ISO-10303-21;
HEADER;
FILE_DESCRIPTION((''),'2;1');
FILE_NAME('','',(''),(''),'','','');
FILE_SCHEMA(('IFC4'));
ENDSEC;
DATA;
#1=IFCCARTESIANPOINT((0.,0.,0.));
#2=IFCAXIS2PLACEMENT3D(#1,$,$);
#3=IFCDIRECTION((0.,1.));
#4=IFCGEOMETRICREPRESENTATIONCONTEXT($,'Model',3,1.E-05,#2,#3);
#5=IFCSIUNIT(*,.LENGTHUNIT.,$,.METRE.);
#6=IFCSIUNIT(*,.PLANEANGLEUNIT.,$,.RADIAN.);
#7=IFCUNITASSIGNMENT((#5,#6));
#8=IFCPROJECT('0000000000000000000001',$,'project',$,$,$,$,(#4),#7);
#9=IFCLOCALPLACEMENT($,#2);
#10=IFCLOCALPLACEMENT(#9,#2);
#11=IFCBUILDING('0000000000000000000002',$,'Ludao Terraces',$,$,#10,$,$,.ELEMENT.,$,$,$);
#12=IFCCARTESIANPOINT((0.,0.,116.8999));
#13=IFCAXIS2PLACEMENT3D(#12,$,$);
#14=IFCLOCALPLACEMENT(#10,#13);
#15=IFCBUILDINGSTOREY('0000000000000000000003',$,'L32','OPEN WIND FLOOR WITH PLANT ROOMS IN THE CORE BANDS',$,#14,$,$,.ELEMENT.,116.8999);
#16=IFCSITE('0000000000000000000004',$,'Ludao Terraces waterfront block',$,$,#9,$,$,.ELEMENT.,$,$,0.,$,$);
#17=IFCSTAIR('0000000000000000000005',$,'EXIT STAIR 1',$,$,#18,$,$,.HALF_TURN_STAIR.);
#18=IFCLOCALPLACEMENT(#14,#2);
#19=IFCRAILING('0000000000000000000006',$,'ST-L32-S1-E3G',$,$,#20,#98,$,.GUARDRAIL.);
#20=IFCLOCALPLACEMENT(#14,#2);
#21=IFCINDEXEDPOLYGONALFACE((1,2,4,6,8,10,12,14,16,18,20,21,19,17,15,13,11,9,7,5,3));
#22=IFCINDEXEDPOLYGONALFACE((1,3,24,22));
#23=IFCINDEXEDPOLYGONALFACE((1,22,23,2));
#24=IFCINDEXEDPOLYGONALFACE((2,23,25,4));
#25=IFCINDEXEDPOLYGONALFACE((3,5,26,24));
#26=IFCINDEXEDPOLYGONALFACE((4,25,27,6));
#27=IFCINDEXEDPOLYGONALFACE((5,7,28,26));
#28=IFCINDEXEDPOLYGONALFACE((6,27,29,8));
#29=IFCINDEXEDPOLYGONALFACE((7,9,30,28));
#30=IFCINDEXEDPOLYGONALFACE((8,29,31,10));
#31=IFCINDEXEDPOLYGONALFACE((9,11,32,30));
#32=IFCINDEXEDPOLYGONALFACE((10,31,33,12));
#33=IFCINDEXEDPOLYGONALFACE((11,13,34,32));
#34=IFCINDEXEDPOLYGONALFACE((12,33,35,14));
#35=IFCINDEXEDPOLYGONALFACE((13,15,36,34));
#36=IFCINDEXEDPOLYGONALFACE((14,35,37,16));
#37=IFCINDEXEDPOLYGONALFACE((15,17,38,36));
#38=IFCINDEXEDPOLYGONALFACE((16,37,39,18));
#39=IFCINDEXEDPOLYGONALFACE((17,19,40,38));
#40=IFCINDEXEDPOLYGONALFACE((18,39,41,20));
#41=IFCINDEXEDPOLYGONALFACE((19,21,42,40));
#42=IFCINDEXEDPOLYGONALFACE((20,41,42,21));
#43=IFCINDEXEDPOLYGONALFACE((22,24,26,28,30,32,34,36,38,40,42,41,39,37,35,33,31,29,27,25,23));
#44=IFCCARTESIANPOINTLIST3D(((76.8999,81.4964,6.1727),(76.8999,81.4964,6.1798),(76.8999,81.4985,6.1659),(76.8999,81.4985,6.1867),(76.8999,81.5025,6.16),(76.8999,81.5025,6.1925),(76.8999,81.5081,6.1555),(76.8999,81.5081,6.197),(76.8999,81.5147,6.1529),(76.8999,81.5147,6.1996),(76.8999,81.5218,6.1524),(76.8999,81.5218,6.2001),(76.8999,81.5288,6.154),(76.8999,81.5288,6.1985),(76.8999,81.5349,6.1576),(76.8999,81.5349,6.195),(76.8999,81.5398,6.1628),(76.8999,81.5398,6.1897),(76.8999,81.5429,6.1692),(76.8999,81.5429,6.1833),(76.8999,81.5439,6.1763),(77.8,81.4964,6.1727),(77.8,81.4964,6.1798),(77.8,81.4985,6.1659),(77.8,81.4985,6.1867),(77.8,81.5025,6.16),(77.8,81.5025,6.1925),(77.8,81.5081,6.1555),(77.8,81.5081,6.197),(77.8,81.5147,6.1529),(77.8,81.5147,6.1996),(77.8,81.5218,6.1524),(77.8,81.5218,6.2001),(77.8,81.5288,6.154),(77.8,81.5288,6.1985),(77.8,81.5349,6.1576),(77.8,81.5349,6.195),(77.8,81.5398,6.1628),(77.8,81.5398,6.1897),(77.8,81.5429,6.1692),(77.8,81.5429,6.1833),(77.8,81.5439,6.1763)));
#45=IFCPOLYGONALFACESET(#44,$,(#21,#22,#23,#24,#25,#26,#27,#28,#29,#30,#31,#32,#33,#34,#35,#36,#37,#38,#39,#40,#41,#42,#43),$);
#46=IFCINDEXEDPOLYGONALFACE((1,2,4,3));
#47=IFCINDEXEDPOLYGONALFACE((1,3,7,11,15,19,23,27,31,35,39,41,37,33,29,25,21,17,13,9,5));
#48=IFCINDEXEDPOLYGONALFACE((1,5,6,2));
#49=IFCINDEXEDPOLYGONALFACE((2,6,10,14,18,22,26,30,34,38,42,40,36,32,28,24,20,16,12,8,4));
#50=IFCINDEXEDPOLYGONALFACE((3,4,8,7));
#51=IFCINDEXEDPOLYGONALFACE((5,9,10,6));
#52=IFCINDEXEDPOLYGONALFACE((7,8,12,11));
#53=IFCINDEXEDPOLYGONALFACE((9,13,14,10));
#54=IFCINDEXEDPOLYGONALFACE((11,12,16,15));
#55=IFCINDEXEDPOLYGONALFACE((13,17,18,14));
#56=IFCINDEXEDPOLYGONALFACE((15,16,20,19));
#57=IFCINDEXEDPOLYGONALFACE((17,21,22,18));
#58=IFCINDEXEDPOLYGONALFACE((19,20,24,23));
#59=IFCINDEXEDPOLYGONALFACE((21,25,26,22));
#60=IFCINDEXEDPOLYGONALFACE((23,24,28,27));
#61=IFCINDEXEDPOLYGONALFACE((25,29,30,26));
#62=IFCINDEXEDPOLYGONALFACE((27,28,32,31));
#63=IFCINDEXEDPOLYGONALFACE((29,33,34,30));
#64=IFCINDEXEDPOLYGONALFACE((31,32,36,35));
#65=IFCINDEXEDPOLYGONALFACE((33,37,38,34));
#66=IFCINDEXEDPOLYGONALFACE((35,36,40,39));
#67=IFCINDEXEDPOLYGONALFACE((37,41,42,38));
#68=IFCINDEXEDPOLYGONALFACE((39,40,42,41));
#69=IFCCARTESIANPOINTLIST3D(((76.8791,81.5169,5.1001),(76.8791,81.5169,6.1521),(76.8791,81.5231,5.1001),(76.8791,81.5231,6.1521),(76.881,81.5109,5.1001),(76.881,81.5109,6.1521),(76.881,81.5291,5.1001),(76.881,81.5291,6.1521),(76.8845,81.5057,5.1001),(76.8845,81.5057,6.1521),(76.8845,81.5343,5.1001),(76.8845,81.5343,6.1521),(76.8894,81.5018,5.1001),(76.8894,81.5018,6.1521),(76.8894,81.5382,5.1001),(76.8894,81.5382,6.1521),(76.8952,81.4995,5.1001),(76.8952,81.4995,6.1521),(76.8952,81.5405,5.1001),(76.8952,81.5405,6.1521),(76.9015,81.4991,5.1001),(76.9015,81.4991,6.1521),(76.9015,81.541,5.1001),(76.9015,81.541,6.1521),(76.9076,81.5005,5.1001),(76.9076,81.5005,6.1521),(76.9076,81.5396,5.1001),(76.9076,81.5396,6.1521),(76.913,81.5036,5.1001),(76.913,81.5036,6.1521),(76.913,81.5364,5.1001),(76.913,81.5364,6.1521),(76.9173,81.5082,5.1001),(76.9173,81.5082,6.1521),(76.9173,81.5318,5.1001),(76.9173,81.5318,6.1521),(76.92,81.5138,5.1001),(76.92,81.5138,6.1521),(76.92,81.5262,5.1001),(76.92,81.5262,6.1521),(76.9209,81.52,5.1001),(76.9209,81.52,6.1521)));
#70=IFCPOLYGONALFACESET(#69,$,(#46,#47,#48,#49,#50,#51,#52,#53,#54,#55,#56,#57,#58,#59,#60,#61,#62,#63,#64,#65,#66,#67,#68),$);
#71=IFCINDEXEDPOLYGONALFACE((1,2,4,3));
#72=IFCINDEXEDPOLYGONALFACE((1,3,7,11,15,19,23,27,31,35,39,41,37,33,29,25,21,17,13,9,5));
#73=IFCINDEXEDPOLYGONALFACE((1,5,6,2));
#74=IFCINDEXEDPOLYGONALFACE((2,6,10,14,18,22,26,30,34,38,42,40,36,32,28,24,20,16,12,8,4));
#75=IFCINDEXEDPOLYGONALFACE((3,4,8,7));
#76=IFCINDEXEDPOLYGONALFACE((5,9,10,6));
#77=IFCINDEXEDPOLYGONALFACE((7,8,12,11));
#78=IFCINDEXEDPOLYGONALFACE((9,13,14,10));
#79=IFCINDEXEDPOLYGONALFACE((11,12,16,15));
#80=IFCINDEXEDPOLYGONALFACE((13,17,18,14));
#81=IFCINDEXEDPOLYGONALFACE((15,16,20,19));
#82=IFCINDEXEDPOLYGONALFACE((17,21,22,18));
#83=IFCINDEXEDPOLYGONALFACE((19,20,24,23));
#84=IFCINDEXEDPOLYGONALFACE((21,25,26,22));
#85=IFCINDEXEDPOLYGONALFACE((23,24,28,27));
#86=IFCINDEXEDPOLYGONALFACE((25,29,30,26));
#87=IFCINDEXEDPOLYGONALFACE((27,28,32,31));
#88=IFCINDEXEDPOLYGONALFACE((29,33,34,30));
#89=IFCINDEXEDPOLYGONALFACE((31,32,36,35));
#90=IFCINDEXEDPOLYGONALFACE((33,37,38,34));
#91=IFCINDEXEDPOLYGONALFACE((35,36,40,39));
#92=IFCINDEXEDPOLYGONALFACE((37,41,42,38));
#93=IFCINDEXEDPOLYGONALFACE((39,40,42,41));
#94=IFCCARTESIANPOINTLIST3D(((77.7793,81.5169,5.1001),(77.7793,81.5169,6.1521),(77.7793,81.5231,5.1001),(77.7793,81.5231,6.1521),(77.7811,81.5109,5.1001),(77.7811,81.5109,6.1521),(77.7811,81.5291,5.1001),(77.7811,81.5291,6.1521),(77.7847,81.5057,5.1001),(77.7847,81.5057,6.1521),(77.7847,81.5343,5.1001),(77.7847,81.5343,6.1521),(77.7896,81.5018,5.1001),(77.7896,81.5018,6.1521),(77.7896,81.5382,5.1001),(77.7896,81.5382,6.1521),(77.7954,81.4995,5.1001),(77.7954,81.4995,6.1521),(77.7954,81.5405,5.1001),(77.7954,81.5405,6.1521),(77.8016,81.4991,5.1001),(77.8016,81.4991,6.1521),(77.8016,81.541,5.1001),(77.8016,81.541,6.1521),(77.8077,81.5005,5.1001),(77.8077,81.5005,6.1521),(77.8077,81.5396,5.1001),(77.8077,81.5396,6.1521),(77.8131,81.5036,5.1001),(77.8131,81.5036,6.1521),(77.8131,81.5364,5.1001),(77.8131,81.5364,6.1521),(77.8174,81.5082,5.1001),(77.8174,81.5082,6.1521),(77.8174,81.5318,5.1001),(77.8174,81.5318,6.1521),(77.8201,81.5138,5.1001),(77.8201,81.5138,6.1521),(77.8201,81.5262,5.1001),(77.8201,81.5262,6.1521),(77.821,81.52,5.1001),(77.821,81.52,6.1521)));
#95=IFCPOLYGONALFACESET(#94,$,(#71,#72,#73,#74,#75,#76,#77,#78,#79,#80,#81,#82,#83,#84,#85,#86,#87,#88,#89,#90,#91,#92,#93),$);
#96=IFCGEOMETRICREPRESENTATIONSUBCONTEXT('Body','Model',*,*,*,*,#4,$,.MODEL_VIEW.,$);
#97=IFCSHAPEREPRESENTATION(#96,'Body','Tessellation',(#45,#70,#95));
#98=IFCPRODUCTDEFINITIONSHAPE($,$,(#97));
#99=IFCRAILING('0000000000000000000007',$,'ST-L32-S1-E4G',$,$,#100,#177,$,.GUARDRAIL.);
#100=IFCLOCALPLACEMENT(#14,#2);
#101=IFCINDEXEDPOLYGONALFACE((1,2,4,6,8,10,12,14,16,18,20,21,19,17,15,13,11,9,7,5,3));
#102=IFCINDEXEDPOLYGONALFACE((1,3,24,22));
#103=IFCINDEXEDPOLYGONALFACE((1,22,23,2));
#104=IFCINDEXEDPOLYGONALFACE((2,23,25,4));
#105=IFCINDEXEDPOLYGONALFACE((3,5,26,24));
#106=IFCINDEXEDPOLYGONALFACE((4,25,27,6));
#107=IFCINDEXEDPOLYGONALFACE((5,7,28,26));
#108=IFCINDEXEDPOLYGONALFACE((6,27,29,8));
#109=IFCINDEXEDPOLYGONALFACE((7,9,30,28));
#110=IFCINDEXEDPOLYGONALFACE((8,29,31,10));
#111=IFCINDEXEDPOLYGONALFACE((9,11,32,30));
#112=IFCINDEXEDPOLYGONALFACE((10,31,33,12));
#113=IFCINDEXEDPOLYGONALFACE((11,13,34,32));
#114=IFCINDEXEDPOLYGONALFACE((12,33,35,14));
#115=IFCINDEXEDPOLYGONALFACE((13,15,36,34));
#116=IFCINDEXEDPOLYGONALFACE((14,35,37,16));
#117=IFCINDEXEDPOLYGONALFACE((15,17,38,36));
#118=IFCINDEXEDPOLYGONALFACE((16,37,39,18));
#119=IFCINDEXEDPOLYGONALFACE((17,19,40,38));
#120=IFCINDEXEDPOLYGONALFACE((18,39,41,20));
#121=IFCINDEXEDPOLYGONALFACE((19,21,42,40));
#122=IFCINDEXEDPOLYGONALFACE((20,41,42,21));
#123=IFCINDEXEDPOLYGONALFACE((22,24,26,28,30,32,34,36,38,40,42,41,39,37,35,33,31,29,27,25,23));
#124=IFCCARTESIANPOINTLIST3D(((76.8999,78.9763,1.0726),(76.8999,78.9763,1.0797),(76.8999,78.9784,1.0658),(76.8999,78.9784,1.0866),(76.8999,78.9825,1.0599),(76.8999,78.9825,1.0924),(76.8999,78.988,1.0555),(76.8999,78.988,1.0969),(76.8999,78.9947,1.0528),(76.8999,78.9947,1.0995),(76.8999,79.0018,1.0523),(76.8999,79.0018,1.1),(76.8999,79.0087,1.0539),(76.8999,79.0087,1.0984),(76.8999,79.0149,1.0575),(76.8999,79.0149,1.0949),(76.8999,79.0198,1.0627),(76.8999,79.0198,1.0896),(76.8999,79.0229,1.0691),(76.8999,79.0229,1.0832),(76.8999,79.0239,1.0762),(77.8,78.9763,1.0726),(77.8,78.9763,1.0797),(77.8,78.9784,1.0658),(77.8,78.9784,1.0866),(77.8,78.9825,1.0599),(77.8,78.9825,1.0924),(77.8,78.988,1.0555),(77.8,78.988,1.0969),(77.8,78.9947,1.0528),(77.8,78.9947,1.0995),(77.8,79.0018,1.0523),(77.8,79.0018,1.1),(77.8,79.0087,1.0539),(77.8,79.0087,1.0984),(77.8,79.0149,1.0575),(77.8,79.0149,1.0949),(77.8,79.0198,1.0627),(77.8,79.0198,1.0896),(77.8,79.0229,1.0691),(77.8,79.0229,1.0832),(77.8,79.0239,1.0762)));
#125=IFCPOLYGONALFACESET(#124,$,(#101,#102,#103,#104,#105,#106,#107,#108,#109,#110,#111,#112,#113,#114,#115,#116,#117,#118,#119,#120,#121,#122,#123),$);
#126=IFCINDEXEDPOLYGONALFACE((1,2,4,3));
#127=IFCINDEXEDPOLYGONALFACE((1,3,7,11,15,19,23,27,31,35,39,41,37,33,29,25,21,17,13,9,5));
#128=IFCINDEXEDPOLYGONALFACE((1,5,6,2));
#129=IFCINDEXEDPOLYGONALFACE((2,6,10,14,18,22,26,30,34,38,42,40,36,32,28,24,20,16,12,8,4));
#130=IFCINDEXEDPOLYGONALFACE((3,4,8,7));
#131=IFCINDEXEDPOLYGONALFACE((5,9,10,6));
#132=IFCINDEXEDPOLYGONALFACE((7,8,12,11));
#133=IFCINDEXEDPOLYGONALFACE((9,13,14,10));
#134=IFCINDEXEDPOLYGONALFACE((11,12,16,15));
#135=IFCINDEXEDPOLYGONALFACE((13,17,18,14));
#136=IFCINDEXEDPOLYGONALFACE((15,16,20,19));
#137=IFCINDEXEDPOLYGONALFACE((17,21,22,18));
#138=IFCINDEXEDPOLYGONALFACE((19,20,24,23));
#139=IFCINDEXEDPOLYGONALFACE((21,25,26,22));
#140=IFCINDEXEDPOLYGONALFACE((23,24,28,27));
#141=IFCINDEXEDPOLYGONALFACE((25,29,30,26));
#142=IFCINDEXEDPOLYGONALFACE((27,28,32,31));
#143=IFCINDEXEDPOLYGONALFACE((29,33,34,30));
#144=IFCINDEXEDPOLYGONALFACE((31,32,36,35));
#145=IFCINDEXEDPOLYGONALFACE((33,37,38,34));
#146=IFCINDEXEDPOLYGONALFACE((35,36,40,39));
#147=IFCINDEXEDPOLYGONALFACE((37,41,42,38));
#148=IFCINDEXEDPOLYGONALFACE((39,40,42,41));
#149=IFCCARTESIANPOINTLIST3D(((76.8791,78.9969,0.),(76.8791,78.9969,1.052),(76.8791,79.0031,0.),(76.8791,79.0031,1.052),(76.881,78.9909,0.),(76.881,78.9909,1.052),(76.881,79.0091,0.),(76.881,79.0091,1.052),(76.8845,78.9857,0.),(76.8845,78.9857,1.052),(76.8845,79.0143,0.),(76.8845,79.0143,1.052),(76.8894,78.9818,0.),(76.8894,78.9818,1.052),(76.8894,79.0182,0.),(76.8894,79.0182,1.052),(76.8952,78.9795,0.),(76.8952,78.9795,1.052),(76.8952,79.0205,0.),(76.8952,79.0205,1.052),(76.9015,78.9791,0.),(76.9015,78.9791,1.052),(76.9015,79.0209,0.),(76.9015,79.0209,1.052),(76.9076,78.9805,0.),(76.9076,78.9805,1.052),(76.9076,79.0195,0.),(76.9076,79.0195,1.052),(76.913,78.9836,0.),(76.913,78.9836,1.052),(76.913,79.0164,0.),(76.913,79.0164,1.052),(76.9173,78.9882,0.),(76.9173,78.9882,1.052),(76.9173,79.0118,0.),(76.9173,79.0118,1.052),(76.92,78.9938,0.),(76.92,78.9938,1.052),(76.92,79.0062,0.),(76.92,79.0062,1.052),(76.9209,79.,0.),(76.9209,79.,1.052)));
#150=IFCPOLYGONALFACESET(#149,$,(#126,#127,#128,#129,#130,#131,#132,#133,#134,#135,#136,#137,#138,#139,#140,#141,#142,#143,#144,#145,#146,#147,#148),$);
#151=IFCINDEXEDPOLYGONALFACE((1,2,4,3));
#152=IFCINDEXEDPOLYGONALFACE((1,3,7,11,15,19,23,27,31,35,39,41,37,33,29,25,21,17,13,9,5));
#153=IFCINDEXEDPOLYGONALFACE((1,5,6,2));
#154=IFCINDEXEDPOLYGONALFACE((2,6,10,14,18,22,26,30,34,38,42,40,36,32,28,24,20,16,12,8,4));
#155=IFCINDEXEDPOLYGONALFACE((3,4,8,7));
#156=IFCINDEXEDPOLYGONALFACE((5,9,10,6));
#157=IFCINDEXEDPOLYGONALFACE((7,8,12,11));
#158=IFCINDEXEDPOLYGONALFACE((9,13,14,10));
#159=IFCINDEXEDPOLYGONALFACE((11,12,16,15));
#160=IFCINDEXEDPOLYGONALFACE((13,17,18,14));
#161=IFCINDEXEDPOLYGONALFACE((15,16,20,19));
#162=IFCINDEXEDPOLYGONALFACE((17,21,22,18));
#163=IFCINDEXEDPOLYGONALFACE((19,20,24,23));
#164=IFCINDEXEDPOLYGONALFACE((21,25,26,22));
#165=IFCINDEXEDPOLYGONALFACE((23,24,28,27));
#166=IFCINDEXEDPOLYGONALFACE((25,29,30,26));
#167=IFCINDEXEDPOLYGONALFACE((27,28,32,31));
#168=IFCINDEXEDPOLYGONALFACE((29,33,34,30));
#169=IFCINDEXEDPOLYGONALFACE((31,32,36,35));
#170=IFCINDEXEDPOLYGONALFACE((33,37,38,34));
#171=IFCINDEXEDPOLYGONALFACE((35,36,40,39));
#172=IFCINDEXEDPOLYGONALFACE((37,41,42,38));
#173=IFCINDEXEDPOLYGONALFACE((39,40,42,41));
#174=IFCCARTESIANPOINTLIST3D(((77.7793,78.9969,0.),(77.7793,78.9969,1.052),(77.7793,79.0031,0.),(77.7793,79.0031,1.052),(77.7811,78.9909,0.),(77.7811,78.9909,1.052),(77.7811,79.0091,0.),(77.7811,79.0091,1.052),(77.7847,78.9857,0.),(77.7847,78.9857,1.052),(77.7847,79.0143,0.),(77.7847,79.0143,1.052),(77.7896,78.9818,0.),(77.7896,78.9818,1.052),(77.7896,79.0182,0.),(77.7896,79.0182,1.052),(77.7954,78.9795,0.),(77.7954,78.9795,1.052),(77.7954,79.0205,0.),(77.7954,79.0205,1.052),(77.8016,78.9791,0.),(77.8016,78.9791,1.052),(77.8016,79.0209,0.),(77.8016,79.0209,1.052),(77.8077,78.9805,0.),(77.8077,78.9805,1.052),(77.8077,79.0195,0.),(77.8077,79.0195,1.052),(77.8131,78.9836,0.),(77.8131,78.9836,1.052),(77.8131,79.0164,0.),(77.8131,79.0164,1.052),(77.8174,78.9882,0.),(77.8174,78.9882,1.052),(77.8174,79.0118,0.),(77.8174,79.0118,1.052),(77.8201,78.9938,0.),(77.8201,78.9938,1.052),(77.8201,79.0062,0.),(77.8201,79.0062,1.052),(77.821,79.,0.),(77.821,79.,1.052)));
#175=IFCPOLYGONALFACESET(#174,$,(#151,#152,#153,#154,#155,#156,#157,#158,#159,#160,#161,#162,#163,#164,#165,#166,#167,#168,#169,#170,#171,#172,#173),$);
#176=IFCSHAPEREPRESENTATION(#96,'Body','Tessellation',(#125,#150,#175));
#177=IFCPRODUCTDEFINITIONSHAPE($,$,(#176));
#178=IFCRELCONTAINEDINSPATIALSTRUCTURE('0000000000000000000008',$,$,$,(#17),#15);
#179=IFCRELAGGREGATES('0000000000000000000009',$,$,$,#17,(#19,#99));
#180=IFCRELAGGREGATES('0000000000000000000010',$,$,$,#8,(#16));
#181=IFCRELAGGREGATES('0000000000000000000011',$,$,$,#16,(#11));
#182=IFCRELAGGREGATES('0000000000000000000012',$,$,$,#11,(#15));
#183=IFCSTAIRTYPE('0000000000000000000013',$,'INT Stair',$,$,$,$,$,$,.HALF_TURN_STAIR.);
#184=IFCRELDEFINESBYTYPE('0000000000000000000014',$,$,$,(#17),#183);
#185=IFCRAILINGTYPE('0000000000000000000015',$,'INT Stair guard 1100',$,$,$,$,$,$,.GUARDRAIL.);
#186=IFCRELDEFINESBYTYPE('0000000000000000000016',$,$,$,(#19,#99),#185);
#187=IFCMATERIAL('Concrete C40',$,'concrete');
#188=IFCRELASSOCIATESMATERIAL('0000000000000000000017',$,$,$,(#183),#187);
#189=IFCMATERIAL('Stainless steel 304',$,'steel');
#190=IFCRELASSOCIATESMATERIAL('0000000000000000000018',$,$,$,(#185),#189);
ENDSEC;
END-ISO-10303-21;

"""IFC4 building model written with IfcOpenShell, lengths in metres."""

from ifc_helpers import new_model, si_unit, direction, frame, origin, origin_2d, place, context, subcontext, project, spatial, circle, extrude, material, type_object, element, aggregate, save


model = new_model("IFC4")

# Units and contexts
model_context = context("Model", 3, precision=1e-05, world=origin(), true_north=direction((0.0, 1.0)))
body_context = subcontext(model_context, "Body", "Model", "MODEL_VIEW")
ifc_project = project(units=[si_unit("LENGTHUNIT", "METRE"), si_unit("PLANEANGLEUNIT", "RADIAN")], contexts=[model_context])

# Site, building, storey
site_placement = place(None, origin())
site = spatial("IfcSite", under=ifc_project, at=site_placement, Name="Ludao Terraces waterfront block", CompositionType="ELEMENT", RefElevation=0.0)
building_placement = place(site_placement, origin())
building = spatial("IfcBuilding", under=site, at=building_placement, Name="Ludao Terraces", CompositionType="ELEMENT")
storey_placement = place(building_placement, frame((0.0, 0.0, 116.8999)))
storey = spatial("IfcBuildingStorey", under=building, at=storey_placement, Name="L32", Description="OPEN WIND FLOOR WITH PLANT ROOMS IN THE CORE BANDS", CompositionType="ELEMENT", Elevation=116.8999)

# Stair, railings
ifc_material_1 = material(Name="Concrete C40", Category="concrete")
stair_type = type_object("IfcStairType", Name="INT Stair", PredefinedType="HALF_TURN_STAIR", material=ifc_material_1)
stair_placement = place(storey_placement, origin())
stair = element("IfcStair", 1, at=stair_placement, inside=storey, type_object=stair_type, Name="EXIT STAIR 1", PredefinedType="HALF_TURN_STAIR")
ifc_material_2 = material(Name="Stainless steel 304", Category="steel")
railing_type_1 = type_object("IfcRailingType", Name="INT Stair guard 1100", PredefinedType="GUARDRAIL", material=ifc_material_2)
railing_1_placement = place(storey_placement, frame((76.8999, 81.52, 5.1001)))
railing_1 = element("IfcRailing", 2, at=railing_1_placement, type_object=railing_type_1, Name="ST-L32-S1-E3G", PredefinedType="GUARDRAIL", context=body_context, shape_type="SweptSolid", body=[
    extrude(circle(Radius=0.0239, at=origin_2d()), frame((0.0, 0.0, 1.0762), z_axis=(1.0, 0.0, 0.0), x_axis=(0.0, 1.0, 0.0)), (0.0, 0.0, 1.0), 0.9001),
    extrude(circle(Radius=0.021, at=origin_2d()), origin(), (0.0, 0.0, 1.0), 1.052),
    extrude(circle(Radius=0.021, at=origin_2d()), frame((0.9001, 0.0, 0.0)), (0.0, 0.0, 1.0), 1.052),
])
railing_2_placement = place(storey_placement, frame((76.8999, 79.0, 0.0)))
railing_2 = element("IfcRailing", 3, at=railing_2_placement, type_object=railing_type_1, Name="ST-L32-S1-E4G", PredefinedType="GUARDRAIL", context=body_context, shape_type="SweptSolid", body=[
    extrude(circle(Radius=0.0239, at=origin_2d()), frame((0.0, 0.0, 1.0762), z_axis=(1.0, 0.0, 0.0), x_axis=(0.0, 1.0, 0.0)), (0.0, 0.0, 1.0), 0.9001),
    extrude(circle(Radius=0.021, at=origin_2d()), origin(), (0.0, 0.0, 1.0), 1.052),
    extrude(circle(Radius=0.021, at=origin_2d()), frame((0.9001, 0.0, 0.0)), (0.0, 0.0, 1.0), 1.052),
])
aggregate(stair, [railing_1, railing_2])

save(model, "model.ifc")
